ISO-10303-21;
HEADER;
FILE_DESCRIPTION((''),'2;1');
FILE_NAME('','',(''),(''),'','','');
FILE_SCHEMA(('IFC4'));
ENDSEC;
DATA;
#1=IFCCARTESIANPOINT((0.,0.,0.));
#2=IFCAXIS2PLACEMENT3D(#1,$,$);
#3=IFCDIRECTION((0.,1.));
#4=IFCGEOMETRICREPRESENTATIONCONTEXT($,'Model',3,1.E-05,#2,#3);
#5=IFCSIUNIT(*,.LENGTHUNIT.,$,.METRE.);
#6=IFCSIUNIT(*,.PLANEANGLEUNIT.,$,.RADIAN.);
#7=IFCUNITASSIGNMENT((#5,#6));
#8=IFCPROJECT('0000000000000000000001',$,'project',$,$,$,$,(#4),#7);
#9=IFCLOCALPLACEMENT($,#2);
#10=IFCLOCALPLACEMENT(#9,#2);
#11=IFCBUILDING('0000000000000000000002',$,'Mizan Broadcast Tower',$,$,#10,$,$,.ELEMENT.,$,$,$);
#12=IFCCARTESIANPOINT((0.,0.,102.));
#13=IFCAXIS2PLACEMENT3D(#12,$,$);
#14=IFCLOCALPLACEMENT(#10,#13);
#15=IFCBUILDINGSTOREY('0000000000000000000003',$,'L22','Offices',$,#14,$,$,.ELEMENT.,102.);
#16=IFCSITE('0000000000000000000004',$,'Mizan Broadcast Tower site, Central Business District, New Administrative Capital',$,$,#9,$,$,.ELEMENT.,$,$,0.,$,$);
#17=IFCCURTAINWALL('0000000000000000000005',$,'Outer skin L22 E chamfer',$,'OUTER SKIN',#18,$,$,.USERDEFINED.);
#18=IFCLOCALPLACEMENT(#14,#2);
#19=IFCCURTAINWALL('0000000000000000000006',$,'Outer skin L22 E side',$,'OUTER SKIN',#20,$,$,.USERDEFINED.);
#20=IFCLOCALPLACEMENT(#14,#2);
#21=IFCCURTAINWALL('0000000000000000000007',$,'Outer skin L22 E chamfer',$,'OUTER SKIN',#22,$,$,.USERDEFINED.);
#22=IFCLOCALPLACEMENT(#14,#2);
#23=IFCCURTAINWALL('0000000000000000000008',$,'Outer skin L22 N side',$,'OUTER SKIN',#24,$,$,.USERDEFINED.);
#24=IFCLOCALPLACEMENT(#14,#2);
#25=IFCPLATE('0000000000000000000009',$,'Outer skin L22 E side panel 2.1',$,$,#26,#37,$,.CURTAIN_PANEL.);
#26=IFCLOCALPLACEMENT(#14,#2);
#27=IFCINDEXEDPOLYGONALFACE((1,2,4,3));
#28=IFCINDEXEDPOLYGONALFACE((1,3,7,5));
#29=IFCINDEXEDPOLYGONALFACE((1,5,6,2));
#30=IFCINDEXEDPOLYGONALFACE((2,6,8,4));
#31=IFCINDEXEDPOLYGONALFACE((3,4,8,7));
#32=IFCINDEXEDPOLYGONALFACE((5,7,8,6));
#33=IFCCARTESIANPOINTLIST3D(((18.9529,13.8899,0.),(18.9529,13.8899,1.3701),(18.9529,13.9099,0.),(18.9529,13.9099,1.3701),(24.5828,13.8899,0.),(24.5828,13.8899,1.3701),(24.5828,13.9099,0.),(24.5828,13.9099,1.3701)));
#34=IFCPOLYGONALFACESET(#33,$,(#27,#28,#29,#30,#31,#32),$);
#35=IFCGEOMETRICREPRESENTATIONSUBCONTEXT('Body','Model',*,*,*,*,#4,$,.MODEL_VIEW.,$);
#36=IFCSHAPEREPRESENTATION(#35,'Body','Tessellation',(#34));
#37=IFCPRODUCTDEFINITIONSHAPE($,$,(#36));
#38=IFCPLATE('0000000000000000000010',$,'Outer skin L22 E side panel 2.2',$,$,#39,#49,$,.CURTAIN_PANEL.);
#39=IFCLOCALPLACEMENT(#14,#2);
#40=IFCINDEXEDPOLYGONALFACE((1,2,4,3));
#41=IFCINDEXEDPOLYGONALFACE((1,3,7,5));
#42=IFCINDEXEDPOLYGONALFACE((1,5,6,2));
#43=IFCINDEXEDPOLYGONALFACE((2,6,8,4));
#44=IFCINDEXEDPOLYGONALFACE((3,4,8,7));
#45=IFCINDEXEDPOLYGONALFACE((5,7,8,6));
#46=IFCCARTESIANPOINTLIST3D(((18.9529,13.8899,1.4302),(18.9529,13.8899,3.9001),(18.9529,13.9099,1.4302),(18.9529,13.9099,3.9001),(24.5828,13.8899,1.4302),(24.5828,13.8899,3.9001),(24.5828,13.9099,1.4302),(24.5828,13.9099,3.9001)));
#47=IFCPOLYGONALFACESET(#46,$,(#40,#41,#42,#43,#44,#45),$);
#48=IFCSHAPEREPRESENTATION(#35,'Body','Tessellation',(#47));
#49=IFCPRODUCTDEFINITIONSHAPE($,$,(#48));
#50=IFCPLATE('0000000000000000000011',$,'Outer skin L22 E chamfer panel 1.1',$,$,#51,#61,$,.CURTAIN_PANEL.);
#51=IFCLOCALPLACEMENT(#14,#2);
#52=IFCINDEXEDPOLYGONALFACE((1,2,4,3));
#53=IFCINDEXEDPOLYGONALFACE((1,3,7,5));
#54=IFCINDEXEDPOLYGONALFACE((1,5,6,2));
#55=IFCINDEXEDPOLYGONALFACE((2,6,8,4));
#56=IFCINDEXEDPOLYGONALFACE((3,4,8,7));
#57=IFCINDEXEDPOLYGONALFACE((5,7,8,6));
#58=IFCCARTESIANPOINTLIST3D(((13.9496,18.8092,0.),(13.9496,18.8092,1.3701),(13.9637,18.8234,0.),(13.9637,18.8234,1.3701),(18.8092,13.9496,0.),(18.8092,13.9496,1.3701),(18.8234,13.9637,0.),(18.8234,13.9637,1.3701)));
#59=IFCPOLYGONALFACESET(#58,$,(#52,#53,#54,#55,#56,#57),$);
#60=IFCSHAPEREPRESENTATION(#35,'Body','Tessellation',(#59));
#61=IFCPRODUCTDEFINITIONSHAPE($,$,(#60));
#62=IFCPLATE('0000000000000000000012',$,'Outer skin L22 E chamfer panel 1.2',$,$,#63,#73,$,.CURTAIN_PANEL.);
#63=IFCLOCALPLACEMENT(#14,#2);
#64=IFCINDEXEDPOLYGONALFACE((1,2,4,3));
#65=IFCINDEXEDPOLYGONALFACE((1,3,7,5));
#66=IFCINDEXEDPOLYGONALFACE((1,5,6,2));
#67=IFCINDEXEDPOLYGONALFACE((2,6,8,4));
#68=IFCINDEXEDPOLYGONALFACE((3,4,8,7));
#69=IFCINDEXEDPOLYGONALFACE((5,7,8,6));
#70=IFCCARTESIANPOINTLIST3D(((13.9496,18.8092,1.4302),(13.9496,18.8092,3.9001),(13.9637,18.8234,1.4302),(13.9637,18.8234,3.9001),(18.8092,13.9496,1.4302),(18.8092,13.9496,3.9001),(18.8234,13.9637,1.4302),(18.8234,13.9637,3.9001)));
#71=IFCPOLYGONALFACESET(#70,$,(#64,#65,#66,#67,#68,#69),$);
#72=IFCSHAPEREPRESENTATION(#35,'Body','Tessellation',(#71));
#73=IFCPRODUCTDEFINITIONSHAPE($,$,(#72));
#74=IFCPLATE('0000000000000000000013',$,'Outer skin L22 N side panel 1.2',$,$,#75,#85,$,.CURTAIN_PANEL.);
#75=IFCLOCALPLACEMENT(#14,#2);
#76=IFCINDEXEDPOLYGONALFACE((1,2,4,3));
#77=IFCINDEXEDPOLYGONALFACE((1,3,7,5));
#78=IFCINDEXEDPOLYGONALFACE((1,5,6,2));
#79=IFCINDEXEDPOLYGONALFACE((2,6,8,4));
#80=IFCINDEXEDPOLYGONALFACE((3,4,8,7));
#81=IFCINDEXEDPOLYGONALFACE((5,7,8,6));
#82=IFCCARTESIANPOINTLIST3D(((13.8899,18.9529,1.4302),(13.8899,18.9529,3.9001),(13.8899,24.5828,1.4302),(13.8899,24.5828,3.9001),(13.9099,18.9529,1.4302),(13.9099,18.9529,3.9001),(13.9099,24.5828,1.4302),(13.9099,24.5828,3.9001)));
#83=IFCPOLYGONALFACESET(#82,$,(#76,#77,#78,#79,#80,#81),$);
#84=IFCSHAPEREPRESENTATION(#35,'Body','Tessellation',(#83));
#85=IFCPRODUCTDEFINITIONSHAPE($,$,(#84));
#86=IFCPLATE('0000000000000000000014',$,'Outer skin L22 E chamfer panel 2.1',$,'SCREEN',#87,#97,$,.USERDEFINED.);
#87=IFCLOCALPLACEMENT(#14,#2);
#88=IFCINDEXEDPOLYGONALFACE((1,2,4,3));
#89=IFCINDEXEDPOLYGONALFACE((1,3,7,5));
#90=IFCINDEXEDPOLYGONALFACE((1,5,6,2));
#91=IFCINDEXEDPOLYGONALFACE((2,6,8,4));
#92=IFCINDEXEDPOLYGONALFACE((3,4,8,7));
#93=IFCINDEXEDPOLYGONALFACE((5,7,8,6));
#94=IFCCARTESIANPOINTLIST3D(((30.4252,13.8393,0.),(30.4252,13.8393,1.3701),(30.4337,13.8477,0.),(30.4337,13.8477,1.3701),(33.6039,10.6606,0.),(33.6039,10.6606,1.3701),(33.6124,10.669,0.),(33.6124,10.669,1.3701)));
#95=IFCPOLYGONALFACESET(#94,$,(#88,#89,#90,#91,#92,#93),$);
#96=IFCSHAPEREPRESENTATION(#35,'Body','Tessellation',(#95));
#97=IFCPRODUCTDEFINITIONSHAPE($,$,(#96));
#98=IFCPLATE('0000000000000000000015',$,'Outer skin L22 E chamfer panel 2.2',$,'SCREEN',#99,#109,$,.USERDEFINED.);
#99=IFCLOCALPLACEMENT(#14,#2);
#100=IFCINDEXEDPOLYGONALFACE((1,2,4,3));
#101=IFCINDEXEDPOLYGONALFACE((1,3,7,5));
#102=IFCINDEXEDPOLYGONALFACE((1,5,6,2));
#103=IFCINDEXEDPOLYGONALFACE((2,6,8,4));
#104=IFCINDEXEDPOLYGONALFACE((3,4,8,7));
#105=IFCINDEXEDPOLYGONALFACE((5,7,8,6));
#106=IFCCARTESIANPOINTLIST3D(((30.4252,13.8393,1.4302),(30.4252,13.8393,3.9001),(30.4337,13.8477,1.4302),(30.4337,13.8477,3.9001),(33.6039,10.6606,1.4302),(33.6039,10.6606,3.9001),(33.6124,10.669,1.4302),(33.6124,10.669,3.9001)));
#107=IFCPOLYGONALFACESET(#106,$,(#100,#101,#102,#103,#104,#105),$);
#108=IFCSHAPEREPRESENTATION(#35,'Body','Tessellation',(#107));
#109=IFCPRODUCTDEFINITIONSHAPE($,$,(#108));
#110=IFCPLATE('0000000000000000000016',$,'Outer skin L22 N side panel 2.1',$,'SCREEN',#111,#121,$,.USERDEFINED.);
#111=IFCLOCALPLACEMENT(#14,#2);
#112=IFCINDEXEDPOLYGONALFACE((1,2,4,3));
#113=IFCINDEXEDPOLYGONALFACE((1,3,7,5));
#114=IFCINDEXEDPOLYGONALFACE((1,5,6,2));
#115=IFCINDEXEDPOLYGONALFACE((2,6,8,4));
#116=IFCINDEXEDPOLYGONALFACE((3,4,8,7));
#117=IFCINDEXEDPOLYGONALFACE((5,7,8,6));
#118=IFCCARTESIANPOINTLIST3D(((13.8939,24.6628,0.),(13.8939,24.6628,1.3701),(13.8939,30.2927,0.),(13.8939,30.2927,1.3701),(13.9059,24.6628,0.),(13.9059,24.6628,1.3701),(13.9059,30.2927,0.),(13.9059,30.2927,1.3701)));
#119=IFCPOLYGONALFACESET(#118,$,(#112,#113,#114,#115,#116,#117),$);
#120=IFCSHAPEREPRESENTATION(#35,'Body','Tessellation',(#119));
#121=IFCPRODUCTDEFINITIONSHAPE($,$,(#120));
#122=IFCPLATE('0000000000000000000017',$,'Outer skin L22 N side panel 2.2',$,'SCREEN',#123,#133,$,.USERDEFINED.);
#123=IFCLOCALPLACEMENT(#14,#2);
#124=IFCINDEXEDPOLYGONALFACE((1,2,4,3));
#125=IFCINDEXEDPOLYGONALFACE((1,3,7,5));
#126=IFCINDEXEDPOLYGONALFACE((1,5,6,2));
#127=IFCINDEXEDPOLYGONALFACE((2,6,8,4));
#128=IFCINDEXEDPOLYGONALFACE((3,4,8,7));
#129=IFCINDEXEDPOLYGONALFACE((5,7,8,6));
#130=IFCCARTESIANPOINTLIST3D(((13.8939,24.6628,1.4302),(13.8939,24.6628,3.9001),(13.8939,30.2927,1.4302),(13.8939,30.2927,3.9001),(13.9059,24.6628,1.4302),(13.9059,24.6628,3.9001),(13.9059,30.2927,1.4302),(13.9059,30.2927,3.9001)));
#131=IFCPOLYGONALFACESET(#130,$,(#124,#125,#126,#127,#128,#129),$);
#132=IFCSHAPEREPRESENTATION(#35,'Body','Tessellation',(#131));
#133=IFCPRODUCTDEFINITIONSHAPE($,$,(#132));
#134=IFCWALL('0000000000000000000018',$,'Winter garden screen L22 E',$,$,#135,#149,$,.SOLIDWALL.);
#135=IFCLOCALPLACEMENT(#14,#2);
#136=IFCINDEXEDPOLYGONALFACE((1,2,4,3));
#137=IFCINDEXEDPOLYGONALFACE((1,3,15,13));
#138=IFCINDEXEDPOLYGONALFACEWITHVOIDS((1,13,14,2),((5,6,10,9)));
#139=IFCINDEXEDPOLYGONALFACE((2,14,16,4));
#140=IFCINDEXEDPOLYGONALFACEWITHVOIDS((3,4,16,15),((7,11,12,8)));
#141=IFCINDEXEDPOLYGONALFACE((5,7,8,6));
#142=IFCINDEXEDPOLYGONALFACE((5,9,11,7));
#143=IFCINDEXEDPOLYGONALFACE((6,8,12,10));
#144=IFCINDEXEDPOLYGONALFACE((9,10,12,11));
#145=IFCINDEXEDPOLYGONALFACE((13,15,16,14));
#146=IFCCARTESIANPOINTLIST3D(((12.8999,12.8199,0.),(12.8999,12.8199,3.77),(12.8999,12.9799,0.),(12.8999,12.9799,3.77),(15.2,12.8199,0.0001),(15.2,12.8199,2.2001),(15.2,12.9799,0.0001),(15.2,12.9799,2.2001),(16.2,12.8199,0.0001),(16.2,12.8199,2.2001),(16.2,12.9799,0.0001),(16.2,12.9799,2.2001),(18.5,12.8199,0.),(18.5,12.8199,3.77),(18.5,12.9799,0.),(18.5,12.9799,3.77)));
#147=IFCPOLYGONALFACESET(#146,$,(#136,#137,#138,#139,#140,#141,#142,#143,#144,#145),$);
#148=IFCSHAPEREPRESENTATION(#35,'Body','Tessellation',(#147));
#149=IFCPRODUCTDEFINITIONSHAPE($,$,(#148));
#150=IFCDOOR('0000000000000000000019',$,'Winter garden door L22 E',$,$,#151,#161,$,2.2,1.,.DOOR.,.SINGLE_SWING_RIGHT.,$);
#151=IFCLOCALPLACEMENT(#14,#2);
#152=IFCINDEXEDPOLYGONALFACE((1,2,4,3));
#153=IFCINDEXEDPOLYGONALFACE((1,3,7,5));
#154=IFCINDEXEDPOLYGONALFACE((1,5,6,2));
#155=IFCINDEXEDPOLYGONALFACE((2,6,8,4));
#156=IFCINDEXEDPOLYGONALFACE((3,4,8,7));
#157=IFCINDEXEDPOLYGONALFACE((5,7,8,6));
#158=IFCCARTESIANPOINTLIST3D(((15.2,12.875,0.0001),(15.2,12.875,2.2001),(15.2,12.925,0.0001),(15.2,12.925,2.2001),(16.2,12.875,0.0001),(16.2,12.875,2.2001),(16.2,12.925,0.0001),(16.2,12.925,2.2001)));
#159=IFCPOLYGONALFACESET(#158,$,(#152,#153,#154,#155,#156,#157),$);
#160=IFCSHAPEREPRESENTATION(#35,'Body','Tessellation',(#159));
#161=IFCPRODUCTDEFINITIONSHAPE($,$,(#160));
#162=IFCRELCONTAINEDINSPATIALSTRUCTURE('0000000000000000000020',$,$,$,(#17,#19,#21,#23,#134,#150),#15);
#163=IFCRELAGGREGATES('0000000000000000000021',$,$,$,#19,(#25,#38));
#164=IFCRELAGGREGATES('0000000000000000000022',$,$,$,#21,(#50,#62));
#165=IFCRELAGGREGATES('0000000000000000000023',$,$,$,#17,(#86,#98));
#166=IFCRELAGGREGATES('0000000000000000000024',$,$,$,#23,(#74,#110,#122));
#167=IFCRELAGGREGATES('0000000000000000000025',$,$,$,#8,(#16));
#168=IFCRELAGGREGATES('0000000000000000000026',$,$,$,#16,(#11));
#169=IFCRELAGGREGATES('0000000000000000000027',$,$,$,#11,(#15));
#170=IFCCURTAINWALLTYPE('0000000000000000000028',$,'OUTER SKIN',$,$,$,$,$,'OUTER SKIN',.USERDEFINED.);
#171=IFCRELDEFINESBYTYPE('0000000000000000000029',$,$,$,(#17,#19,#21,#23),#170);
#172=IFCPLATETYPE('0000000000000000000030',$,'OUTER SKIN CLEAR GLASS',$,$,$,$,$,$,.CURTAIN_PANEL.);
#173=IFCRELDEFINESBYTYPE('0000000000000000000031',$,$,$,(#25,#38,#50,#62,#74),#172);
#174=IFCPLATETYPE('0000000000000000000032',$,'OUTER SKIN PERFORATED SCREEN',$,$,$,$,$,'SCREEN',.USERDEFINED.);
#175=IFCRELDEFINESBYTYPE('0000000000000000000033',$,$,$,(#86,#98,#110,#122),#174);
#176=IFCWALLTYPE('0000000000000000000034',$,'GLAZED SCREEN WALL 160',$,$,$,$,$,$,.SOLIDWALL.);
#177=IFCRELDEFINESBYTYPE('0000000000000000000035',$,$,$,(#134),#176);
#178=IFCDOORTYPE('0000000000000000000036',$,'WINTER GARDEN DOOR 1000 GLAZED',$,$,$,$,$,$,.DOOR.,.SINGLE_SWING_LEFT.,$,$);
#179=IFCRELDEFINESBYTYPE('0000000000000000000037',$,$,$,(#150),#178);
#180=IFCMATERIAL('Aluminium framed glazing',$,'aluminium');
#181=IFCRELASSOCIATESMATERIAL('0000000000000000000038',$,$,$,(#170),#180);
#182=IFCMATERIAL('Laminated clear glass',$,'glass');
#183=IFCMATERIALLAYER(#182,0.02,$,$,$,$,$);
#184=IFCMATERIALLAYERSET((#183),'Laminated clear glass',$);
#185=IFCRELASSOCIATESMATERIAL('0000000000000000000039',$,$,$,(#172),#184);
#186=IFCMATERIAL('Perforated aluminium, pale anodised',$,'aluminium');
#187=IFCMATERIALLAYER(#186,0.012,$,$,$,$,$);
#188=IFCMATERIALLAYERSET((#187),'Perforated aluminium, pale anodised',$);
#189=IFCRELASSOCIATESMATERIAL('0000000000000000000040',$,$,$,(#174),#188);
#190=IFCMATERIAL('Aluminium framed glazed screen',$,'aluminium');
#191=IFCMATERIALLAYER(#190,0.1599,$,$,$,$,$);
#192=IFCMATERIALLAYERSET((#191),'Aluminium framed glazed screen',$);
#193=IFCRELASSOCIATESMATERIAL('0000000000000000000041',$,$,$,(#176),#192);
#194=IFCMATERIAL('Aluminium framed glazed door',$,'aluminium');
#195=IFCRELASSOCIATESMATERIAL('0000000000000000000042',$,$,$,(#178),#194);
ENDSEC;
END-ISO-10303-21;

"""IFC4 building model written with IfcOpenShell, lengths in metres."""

from ifc_helpers import new_model, si_unit, direction, frame, frame_2d, origin, origin_2d, place, context, subcontext, project, spatial, rectangle, extrude, material, layer, layer_set, type_object, element, fill, aggregate, save


model = new_model("IFC4")

# Units and contexts
model_context = context("Model", 3, precision=1e-05, world=origin(), true_north=direction((0.0, 1.0)))
body_context = subcontext(model_context, "Body", "Model", "MODEL_VIEW")
ifc_project = project(units=[si_unit("LENGTHUNIT", "METRE"), si_unit("PLANEANGLEUNIT", "RADIAN")], contexts=[model_context])

# Site, building, storey
site_placement = place(None, origin())
site = spatial("IfcSite", under=ifc_project, at=site_placement, Name="Mizan Broadcast Tower site, Central Business District, New Administrative Capital", CompositionType="ELEMENT", RefElevation=0.0)
building_placement = place(site_placement, origin())
building = spatial("IfcBuilding", under=site, at=building_placement, Name="Mizan Broadcast Tower", CompositionType="ELEMENT")
storey_placement = place(building_placement, frame((0.0, 0.0, 102.0)))
storey = spatial("IfcBuildingStorey", under=building, at=storey_placement, Name="L22", Description="Offices", CompositionType="ELEMENT", Elevation=102.0)

# Curtain wall
ifc_material_1 = material(Name="Aluminium framed glazing", Category="aluminium")
curtain_wall_type_1 = type_object("IfcCurtainWallType", Name="OUTER SKIN", ElementType="OUTER SKIN", PredefinedType="USERDEFINED", material=ifc_material_1)
curtain_wall_1_placement = place(storey_placement, origin())
curtain_wall_1 = element("IfcCurtainWall", 1, at=curtain_wall_1_placement, inside=storey, type_object=curtain_wall_type_1, Name="Outer skin L22 E chamfer", ObjectType="OUTER SKIN", PredefinedType="USERDEFINED")

# Curtain wall
curtain_wall_2_placement = place(storey_placement, origin())
curtain_wall_2 = element("IfcCurtainWall", 2, at=curtain_wall_2_placement, inside=storey, type_object=curtain_wall_type_1, Name="Outer skin L22 E side", ObjectType="OUTER SKIN", PredefinedType="USERDEFINED")

# Curtain wall
curtain_wall_3_placement = place(storey_placement, origin())
curtain_wall_3 = element("IfcCurtainWall", 3, at=curtain_wall_3_placement, inside=storey, type_object=curtain_wall_type_1, Name="Outer skin L22 E chamfer", ObjectType="OUTER SKIN", PredefinedType="USERDEFINED")

# Curtain wall
curtain_wall_4_placement = place(storey_placement, origin())
curtain_wall_4 = element("IfcCurtainWall", 4, at=curtain_wall_4_placement, inside=storey, type_object=curtain_wall_type_1, Name="Outer skin L22 N side", ObjectType="OUTER SKIN", PredefinedType="USERDEFINED")

# Plates
ifc_material_2 = material(Name="Laminated clear glass", Category="glass")
ifc_layer_1 = layer(ifc_material_2, 0.02)
ifc_layer_set_1 = layer_set([ifc_layer_1], Name="Laminated clear glass")
plate_type_1 = type_object("IfcPlateType", Name="OUTER SKIN CLEAR GLASS", PredefinedType="CURTAIN_PANEL", material=ifc_layer_set_1)
plate_1_placement = place(storey_placement, frame((21.7678, 13.8999, 0.0), z_axis=(0.0, 0.0, 1.0), x_axis=(-1.0, 0.0, 0.0)))
plate_1 = element("IfcPlate", 5, at=plate_1_placement, type_object=plate_type_1, Name="Outer skin L22 E side panel 2.1", PredefinedType="CURTAIN_PANEL", context=body_context, shape_type="SweptSolid", body=[
    extrude(rectangle(XDim=5.6299, YDim=0.02, at=origin_2d()), origin(), (0.0, 0.0, 1.0), 1.3701),
])
plate_2_placement = place(storey_placement, frame((21.7678, 13.8999, 1.4302), z_axis=(0.0, 0.0, 1.0), x_axis=(-1.0, 0.0, 0.0)))
plate_2 = element("IfcPlate", 6, at=plate_2_placement, type_object=plate_type_1, Name="Outer skin L22 E side panel 2.2", PredefinedType="CURTAIN_PANEL", context=body_context, shape_type="SweptSolid", body=[
    extrude(rectangle(XDim=5.6299, YDim=0.02, at=origin_2d()), origin(), (0.0, 0.0, 1.0), 2.47),
])
aggregate(curtain_wall_2, [plate_1, plate_2])
plate_3_placement = place(storey_placement, frame((16.3865, 16.3865, 0.0), z_axis=(0.0, 0.0, 1.0), x_axis=(-0.707107, 0.707107, 0.0)))
plate_3 = element("IfcPlate", 7, at=plate_3_placement, type_object=plate_type_1, Name="Outer skin L22 E chamfer panel 1.1", PredefinedType="CURTAIN_PANEL", context=body_context, shape_type="SweptSolid", body=[
    extrude(rectangle(XDim=6.8726, YDim=0.02, at=origin_2d()), origin(), (0.0, 0.0, 1.0), 1.3701),
])
plate_4_placement = place(storey_placement, frame((16.3865, 16.3865, 1.4302), z_axis=(0.0, 0.0, 1.0), x_axis=(-0.707107, 0.707107, 0.0)))
plate_4 = element("IfcPlate", 8, at=plate_4_placement, type_object=plate_type_1, Name="Outer skin L22 E chamfer panel 1.2", PredefinedType="CURTAIN_PANEL", context=body_context, shape_type="SweptSolid", body=[
    extrude(rectangle(XDim=6.8726, YDim=0.02, at=origin_2d()), origin(), (0.0, 0.0, 1.0), 2.47),
])
aggregate(curtain_wall_3, [plate_3, plate_4])
plate_5_placement = place(storey_placement, frame((13.8999, 21.7678, 1.4302), z_axis=(0.0, 0.0, 1.0), x_axis=(0.0, 1.0, 0.0)))
plate_5 = element("IfcPlate", 9, at=plate_5_placement, type_object=plate_type_1, Name="Outer skin L22 N side panel 1.2", PredefinedType="CURTAIN_PANEL", context=body_context, shape_type="SweptSolid", body=[
    extrude(rectangle(XDim=5.6299, YDim=0.02, at=origin_2d()), origin(), (0.0, 0.0, 1.0), 2.47),
])
ifc_material_3 = material(Name="Perforated aluminium, pale anodised", Category="aluminium")
ifc_layer_2 = layer(ifc_material_3, 0.012)
ifc_layer_set_2 = layer_set([ifc_layer_2], Name="Perforated aluminium, pale anodised")
plate_type_2 = type_object("IfcPlateType", Name="OUTER SKIN PERFORATED SCREEN", ElementType="SCREEN", PredefinedType="USERDEFINED", material=ifc_layer_set_2)
plate_6_placement = place(storey_placement, frame((32.0188, 12.2542, 0.0), z_axis=(0.0, 0.0, 1.0), x_axis=(-0.707107, 0.707107, 0.0)))
plate_6 = element("IfcPlate", 10, at=plate_6_placement, type_object=plate_type_2, Name="Outer skin L22 E chamfer panel 2.1", ObjectType="SCREEN", PredefinedType="USERDEFINED", context=body_context, shape_type="SweptSolid", body=[
    extrude(rectangle(XDim=4.4954, YDim=0.012, at=origin_2d()), origin(), (0.0, 0.0, 1.0), 1.3701),
])
plate_7_placement = place(storey_placement, frame((32.0188, 12.2542, 1.4302), z_axis=(0.0, 0.0, 1.0), x_axis=(-0.707107, 0.707107, 0.0)))
plate_7 = element("IfcPlate", 11, at=plate_7_placement, type_object=plate_type_2, Name="Outer skin L22 E chamfer panel 2.2", ObjectType="SCREEN", PredefinedType="USERDEFINED", context=body_context, shape_type="SweptSolid", body=[
    extrude(rectangle(XDim=4.4954, YDim=0.012, at=origin_2d()), origin(), (0.0, 0.0, 1.0), 2.47),
])
aggregate(curtain_wall_1, [plate_6, plate_7])
plate_8_placement = place(storey_placement, frame((13.8999, 27.4778, 0.0), z_axis=(0.0, 0.0, 1.0), x_axis=(0.0, 1.0, 0.0)))
plate_8 = element("IfcPlate", 12, at=plate_8_placement, type_object=plate_type_2, Name="Outer skin L22 N side panel 2.1", ObjectType="SCREEN", PredefinedType="USERDEFINED", context=body_context, shape_type="SweptSolid", body=[
    extrude(rectangle(XDim=5.6299, YDim=0.012, at=origin_2d()), origin(), (0.0, 0.0, 1.0), 1.3701),
])
plate_9_placement = place(storey_placement, frame((13.8999, 27.4778, 1.4302), z_axis=(0.0, 0.0, 1.0), x_axis=(0.0, 1.0, 0.0)))
plate_9 = element("IfcPlate", 13, at=plate_9_placement, type_object=plate_type_2, Name="Outer skin L22 N side panel 2.2", ObjectType="SCREEN", PredefinedType="USERDEFINED", context=body_context, shape_type="SweptSolid", body=[
    extrude(rectangle(XDim=5.6299, YDim=0.012, at=origin_2d()), origin(), (0.0, 0.0, 1.0), 2.47),
])
aggregate(curtain_wall_4, [plate_5, plate_8, plate_9])

# Wall, opening, door
ifc_material_4 = material(Name="Aluminium framed glazed screen", Category="aluminium")
ifc_layer_3 = layer(ifc_material_4, 0.1599)
ifc_layer_set_3 = layer_set([ifc_layer_3], Name="Aluminium framed glazed screen")
wall_type = type_object("IfcWallType", Name="GLAZED SCREEN WALL 160", PredefinedType="SOLIDWALL", material=ifc_layer_set_3)
wall_placement = place(storey_placement, frame((18.5, 12.8999, 0.0), z_axis=(0.0, 0.0, 1.0), x_axis=(-1.0, 0.0, 0.0)))
wall = element("IfcWall", 14, at=wall_placement, inside=storey, type_object=wall_type, Name="Winter garden screen L22 E", PredefinedType="SOLIDWALL", context=body_context, shape_type="SweptSolid", body=[
    extrude(rectangle(XDim=5.6001, YDim=0.1599, at=frame_2d((2.8, 0.0))), origin(), (0.0, 0.0, 1.0), 3.77),
])
opening_placement = place(wall_placement, frame((2.3, 0.0, 0.0)))
opening = element("IfcOpeningElement", 15, at=opening_placement, cuts=wall, PredefinedType="OPENING", context=body_context, shape_type="SweptSolid", body=[
    extrude(rectangle(XDim=1.0, YDim=2.2, at=frame_2d((0.5, 1.1001))), frame((0.0, 0.0898, 0.0), z_axis=(0.0, -1.0, 0.0), x_axis=(1.0, 0.0, 0.0)), (0.0, 0.0, 1.0), 0.1799),
])
ifc_material_5 = material(Name="Aluminium framed glazed door", Category="aluminium")
door_type = type_object("IfcDoorType", Name="WINTER GARDEN DOOR 1000 GLAZED", OperationType="SINGLE_SWING_LEFT", PredefinedType="DOOR", material=ifc_material_5)
door_placement = place(opening_placement, origin())
door = element("IfcDoor", 16, at=door_placement, inside=storey, type_object=door_type, Name="Winter garden door L22 E", OperationType="SINGLE_SWING_RIGHT", OverallHeight=2.2, OverallWidth=1.0, PredefinedType="DOOR", context=body_context, shape_type="SweptSolid", body=[
    extrude(rectangle(XDim=1.0, YDim=2.2, at=frame_2d((0.5, 1.1001))), frame((0.0, 0.0249, 0.0), z_axis=(0.0, -1.0, 0.0), x_axis=(1.0, 0.0, 0.0)), (0.0, 0.0, 1.0), 0.05),
])
fill(opening, door)

save(model, "model.ifc")
